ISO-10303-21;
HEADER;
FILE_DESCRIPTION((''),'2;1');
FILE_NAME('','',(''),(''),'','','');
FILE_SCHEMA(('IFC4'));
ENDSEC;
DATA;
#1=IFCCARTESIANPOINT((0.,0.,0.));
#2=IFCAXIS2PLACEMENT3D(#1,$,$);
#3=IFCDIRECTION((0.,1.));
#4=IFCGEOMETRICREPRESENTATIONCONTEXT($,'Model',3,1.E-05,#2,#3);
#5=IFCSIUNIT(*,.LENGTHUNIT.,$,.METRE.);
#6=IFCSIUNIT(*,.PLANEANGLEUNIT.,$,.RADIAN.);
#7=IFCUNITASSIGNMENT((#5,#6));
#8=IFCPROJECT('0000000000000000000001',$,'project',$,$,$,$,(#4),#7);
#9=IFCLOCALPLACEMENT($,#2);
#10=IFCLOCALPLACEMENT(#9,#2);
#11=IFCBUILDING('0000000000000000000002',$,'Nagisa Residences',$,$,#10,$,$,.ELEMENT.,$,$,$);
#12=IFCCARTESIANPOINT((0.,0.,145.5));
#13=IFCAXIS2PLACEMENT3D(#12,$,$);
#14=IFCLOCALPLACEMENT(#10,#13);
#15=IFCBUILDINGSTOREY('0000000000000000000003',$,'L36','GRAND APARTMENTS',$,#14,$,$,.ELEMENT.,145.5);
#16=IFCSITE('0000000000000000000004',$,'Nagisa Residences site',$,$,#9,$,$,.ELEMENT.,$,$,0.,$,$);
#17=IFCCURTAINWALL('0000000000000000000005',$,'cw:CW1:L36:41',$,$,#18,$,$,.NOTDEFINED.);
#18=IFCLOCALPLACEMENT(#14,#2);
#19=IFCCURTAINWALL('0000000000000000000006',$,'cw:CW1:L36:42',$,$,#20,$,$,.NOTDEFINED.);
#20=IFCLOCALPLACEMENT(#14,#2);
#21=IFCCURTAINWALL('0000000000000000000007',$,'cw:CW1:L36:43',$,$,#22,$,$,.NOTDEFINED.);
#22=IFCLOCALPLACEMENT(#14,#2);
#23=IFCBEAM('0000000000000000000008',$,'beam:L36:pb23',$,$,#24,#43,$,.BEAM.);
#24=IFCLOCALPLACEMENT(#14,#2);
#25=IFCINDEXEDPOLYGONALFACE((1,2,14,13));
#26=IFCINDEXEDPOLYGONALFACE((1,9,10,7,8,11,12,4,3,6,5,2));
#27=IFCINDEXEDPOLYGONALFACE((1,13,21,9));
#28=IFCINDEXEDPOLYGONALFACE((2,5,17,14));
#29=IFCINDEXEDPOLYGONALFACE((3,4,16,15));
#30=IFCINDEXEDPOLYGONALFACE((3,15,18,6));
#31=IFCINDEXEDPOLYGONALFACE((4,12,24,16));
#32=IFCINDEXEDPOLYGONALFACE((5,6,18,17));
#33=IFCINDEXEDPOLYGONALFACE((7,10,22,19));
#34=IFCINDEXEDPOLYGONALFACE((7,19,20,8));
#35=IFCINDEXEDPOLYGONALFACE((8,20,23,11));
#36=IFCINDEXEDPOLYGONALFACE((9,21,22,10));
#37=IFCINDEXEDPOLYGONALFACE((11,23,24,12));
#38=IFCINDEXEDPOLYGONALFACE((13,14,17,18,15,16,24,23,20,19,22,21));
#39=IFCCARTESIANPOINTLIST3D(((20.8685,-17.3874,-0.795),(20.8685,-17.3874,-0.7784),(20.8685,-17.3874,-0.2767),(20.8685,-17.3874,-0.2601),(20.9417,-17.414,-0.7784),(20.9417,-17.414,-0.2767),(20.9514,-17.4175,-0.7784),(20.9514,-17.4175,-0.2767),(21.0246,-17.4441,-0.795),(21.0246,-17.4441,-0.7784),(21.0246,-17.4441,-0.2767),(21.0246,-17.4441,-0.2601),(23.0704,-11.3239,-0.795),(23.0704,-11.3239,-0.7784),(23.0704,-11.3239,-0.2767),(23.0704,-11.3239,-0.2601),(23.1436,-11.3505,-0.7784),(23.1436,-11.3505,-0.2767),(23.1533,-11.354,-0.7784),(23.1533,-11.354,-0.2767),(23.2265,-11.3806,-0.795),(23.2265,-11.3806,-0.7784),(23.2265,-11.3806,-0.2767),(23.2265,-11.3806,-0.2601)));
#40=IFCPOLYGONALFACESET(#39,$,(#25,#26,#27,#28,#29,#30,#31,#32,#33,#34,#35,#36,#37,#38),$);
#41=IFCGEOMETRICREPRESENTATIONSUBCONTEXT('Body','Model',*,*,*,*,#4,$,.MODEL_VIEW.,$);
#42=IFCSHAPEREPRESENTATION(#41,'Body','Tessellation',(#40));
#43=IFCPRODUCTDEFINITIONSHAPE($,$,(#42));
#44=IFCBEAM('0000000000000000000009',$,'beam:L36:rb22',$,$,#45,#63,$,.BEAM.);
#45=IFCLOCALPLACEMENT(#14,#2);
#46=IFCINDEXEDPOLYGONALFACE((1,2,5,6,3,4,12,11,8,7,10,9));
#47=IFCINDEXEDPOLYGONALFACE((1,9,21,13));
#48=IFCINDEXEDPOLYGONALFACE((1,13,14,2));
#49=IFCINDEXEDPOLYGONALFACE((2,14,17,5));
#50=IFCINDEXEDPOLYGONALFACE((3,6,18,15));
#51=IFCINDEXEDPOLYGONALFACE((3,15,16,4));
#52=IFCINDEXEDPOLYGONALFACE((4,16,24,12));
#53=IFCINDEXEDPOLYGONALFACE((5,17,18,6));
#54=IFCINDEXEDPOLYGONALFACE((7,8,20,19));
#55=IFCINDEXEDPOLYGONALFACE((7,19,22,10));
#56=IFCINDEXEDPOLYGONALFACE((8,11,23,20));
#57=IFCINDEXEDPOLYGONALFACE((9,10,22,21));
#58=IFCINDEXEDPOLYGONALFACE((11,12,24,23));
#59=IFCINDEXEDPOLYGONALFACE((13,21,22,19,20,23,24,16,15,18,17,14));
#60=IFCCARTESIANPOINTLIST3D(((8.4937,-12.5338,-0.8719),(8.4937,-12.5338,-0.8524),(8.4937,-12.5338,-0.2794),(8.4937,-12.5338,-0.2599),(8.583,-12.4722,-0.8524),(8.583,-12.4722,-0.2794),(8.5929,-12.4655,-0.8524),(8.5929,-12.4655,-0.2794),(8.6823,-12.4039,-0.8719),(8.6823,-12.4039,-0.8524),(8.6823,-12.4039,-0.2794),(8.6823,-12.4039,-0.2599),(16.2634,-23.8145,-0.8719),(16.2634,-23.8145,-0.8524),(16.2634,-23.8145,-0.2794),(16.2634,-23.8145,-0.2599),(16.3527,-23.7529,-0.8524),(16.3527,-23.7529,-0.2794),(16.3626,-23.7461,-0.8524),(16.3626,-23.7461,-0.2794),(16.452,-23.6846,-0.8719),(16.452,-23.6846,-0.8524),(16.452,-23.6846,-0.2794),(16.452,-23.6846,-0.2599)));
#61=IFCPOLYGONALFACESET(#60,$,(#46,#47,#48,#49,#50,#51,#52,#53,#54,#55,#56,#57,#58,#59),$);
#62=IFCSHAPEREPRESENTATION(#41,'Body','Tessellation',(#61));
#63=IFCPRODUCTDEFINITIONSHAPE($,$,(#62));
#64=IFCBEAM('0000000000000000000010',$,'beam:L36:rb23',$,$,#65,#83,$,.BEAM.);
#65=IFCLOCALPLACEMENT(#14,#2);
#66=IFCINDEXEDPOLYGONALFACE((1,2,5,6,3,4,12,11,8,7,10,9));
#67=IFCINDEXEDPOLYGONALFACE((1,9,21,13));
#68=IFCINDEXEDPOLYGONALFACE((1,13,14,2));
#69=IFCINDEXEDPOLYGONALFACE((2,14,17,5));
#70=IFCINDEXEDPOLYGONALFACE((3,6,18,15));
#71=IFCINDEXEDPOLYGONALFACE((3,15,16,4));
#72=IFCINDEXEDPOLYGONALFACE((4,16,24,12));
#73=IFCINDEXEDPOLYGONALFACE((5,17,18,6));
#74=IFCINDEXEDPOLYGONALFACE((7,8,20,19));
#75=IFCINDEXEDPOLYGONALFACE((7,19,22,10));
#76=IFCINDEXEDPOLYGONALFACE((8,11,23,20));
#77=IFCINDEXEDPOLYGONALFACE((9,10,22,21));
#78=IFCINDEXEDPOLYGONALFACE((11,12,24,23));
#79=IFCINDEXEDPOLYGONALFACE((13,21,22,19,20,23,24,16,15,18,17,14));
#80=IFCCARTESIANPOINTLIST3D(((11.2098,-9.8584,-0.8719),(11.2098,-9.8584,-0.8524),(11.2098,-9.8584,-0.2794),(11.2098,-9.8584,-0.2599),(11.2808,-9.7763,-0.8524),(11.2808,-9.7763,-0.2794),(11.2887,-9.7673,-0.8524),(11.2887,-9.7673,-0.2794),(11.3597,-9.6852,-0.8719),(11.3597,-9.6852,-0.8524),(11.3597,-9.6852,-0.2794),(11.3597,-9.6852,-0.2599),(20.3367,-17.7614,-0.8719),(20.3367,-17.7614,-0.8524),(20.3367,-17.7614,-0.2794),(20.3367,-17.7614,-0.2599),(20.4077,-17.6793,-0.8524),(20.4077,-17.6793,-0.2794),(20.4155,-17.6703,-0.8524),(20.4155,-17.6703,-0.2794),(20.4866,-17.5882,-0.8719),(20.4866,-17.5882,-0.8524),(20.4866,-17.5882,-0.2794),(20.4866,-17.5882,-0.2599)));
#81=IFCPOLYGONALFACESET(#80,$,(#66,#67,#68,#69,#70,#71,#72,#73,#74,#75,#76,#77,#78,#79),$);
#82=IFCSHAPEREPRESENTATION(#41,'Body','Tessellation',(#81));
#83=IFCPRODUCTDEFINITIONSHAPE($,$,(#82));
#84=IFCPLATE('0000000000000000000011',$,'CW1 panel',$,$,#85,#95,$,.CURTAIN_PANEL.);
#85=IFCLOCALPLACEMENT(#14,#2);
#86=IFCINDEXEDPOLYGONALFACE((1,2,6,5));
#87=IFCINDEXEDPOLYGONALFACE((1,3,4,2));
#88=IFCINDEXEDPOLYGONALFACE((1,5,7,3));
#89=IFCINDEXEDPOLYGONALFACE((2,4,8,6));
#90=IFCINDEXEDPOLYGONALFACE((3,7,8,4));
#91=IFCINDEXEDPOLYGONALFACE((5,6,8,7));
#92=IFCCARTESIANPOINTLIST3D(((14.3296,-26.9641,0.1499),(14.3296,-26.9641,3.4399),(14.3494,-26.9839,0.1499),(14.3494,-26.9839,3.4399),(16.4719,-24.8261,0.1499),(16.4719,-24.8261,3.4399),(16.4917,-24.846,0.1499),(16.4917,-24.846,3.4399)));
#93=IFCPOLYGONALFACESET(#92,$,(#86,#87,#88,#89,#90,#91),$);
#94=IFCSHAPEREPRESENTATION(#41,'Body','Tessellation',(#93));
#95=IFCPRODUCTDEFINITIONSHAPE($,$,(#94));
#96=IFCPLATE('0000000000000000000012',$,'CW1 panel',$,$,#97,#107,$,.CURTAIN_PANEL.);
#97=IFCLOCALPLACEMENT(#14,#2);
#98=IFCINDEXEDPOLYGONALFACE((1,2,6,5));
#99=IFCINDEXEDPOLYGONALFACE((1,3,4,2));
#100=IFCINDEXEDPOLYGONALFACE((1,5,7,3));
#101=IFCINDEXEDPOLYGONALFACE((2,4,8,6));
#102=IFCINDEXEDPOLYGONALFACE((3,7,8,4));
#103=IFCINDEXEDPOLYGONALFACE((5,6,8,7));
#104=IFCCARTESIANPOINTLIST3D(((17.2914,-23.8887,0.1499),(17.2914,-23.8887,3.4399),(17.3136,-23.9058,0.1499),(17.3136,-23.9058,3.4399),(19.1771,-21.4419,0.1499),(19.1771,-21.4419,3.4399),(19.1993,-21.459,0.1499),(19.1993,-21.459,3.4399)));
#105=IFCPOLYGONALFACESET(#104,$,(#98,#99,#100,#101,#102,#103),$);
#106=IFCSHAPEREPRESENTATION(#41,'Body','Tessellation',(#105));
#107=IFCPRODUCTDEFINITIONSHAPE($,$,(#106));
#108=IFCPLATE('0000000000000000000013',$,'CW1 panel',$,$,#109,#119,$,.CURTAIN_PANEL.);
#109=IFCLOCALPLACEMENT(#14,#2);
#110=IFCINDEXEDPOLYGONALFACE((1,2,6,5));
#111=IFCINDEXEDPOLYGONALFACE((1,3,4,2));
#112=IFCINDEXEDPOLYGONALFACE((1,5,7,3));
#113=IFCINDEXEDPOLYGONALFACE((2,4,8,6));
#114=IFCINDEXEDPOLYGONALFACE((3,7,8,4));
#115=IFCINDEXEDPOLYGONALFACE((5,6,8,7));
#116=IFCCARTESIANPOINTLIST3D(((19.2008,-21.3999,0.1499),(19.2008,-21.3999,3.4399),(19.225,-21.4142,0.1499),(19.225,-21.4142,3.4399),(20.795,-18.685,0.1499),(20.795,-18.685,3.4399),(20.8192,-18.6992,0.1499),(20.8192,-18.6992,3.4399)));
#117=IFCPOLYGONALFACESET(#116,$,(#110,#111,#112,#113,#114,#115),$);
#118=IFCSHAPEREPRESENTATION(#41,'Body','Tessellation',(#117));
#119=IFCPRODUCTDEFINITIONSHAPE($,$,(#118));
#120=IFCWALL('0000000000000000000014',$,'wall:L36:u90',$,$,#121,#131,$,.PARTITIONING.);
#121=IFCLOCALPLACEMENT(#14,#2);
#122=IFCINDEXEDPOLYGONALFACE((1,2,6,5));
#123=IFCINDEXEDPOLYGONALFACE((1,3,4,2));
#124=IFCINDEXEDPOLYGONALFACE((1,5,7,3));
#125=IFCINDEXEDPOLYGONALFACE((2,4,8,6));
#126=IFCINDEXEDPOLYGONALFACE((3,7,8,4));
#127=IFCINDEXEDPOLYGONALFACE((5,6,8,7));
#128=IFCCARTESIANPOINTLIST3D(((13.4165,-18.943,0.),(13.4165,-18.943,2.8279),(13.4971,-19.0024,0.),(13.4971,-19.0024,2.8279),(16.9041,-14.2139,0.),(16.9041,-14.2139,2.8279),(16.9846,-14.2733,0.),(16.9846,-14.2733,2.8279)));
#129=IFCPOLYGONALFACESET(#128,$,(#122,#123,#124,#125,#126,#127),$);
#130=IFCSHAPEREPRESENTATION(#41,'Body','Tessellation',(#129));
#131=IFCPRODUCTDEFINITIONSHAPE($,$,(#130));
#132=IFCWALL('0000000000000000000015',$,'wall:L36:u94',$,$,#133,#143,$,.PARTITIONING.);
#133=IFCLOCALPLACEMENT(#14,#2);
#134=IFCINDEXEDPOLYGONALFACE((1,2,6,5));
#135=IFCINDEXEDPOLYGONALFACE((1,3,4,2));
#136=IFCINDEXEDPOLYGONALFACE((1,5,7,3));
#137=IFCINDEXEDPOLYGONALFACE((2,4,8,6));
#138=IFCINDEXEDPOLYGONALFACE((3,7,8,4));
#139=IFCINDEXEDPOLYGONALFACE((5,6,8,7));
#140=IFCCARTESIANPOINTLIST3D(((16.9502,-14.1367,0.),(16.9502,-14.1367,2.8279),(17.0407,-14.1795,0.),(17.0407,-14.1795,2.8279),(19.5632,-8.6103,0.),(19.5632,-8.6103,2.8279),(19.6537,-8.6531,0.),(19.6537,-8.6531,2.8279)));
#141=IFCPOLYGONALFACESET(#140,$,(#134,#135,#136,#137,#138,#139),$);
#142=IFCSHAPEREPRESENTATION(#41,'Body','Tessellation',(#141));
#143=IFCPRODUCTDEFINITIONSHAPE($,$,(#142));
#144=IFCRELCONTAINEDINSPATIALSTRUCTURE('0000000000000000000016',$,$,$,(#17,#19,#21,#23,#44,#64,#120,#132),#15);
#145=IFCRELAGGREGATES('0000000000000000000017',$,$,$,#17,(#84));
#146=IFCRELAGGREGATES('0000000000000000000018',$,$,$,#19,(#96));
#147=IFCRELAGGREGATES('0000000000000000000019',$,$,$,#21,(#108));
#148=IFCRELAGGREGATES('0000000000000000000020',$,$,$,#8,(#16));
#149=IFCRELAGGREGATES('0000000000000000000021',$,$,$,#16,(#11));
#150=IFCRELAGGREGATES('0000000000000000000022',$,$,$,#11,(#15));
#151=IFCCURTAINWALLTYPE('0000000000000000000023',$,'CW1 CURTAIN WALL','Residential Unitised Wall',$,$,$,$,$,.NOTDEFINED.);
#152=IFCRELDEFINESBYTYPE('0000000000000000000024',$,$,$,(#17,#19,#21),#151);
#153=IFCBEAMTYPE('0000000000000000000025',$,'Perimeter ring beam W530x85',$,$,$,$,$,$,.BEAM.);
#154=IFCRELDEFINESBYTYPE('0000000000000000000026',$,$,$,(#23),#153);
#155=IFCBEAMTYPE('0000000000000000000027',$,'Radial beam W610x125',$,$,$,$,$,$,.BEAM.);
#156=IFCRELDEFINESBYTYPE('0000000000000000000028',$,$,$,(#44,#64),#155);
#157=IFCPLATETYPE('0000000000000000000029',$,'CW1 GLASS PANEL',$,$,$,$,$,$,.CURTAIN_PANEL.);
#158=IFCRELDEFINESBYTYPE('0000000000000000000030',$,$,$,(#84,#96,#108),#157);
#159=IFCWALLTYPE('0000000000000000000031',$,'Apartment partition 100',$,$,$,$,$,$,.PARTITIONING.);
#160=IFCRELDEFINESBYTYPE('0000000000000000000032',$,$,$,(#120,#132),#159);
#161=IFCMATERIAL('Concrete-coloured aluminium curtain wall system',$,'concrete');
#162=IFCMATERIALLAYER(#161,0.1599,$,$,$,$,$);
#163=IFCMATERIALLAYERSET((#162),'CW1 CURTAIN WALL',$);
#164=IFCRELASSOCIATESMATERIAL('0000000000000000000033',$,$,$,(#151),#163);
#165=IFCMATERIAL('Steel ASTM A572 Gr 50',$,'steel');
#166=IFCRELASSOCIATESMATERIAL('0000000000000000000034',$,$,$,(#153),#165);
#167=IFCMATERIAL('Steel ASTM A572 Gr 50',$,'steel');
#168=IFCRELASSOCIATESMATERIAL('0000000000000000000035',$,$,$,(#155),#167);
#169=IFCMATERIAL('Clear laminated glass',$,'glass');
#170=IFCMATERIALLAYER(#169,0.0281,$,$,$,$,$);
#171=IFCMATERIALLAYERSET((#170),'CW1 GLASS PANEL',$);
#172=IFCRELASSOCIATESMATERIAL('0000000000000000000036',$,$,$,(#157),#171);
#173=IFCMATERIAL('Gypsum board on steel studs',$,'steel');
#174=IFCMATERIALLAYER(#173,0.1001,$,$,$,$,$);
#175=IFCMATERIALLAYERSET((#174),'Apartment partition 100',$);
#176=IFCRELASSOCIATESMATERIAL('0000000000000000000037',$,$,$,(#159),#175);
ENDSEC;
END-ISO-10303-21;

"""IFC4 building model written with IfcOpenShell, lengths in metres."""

from ifc_helpers import new_model, si_unit, direction, frame, frame_2d, origin, origin_2d, place, context, subcontext, project, spatial, rectangle, i_section, extrude, material, layer, layer_set, material_profile, profile_set, type_object, element, aggregate, save


model = new_model("IFC4")

# Units and contexts
model_context = context("Model", 3, precision=1e-05, world=origin(), true_north=direction((0.0, 1.0)))
body_context = subcontext(model_context, "Body", "Model", "MODEL_VIEW")
ifc_project = project(units=[si_unit("LENGTHUNIT", "METRE"), si_unit("PLANEANGLEUNIT", "RADIAN")], contexts=[model_context])

# Site, building, storey
site_placement = place(None, origin())
site = spatial("IfcSite", under=ifc_project, at=site_placement, Name="Nagisa Residences site", CompositionType="ELEMENT", RefElevation=0.0)
building_placement = place(site_placement, origin())
building = spatial("IfcBuilding", under=site, at=building_placement, Name="Nagisa Residences", CompositionType="ELEMENT")
storey_placement = place(building_placement, frame((0.0, 0.0, 145.5)))
storey = spatial("IfcBuildingStorey", under=building, at=storey_placement, Name="L36", Description="GRAND APARTMENTS", CompositionType="ELEMENT", Elevation=145.5)

# Curtain walls
ifc_material_1 = material(Name="Concrete-coloured aluminium curtain wall system", Category="concrete")
ifc_layer_1 = layer(ifc_material_1, 0.1599)
ifc_layer_set_1 = layer_set([ifc_layer_1], Name="CW1 CURTAIN WALL")
curtain_wall_type = type_object("IfcCurtainWallType", Name="CW1 CURTAIN WALL", Description="Residential Unitised Wall", PredefinedType="NOTDEFINED", material=ifc_layer_set_1)
curtain_wall_1_placement = place(storey_placement, origin())
curtain_wall_1 = element("IfcCurtainWall", 1, at=curtain_wall_1_placement, inside=storey, type_object=curtain_wall_type, Name="cw:CW1:L36:41", PredefinedType="NOTDEFINED")
curtain_wall_2_placement = place(storey_placement, origin())
curtain_wall_2 = element("IfcCurtainWall", 2, at=curtain_wall_2_placement, inside=storey, type_object=curtain_wall_type, Name="cw:CW1:L36:42", PredefinedType="NOTDEFINED")
curtain_wall_3_placement = place(storey_placement, origin())
curtain_wall_3 = element("IfcCurtainWall", 3, at=curtain_wall_3_placement, inside=storey, type_object=curtain_wall_type, Name="cw:CW1:L36:43", PredefinedType="NOTDEFINED")

# Beams
ifc_material_2 = material(Name="Steel ASTM A572 Gr 50", Category="steel")
ifc_material_profile_1 = material_profile(ifc_material_2, i_section(OverallWidth=0.166, OverallDepth=0.5349, WebThickness=0.0103, FlangeThickness=0.0166, at=origin_2d()), Name="W530x85")
ifc_profile_set_1 = profile_set([ifc_material_profile_1], Name="Steel ASTM A572 Gr 50")
beam_type_1 = type_object("IfcBeamType", Name="Perimeter ring beam W530x85", PredefinedType="BEAM", material=ifc_profile_set_1)
beam_1_placement = place(storey_placement, frame((20.9465, -17.4158, -0.5276), z_axis=(0.341333, 0.939943, 0.0), x_axis=(-0.939943, 0.341333, 0.0)))
element("IfcBeam", 4, at=beam_1_placement, inside=storey, type_object=beam_type_1, Name="beam:L36:pb23", PredefinedType="BEAM", context=body_context, shape_type="SweptSolid", body=[
    extrude(i_section(OverallWidth=0.166, OverallDepth=0.5349, WebThickness=0.0103, FlangeThickness=0.0166, at=origin_2d()), origin(), (0.0, 0.0, 1.0), 6.4509),
])
ifc_material_3 = material(Name="Steel ASTM A572 Gr 50", Category="steel")
ifc_material_profile_2 = material_profile(ifc_material_3, i_section(OverallWidth=0.229, OverallDepth=0.6121, WebThickness=0.012, FlangeThickness=0.0195, at=origin_2d()), Name="W610x125")
ifc_profile_set_2 = profile_set([ifc_material_profile_2], Name="Steel ASTM A572 Gr 50")
beam_type_2 = type_object("IfcBeamType", Name="Radial beam W610x125", PredefinedType="BEAM", material=ifc_profile_set_2)
beam_2_placement = place(storey_placement, frame((16.3577, -23.7495, -0.5659), z_axis=(-0.567235, 0.823556, 0.0), x_axis=(-0.823556, -0.567235, 0.0)))
element("IfcBeam", 5, at=beam_2_placement, inside=storey, type_object=beam_type_2, Name="beam:L36:rb22", PredefinedType="BEAM", context=body_context, shape_type="SweptSolid", body=[
    extrude(i_section(OverallWidth=0.229, OverallDepth=0.6121, WebThickness=0.012, FlangeThickness=0.0195, at=origin_2d()), origin(), (0.0, 0.0, 1.0), 13.6975),
])
beam_3_placement = place(storey_placement, frame((20.4116, -17.6748, -0.5659), z_axis=(-0.755974, 0.654602, 0.0), x_axis=(-0.654602, -0.755974, 0.0)))
element("IfcBeam", 6, at=beam_3_placement, inside=storey, type_object=beam_type_2, Name="beam:L36:rb23", PredefinedType="BEAM", context=body_context, shape_type="SweptSolid", body=[
    extrude(i_section(OverallWidth=0.229, OverallDepth=0.6121, WebThickness=0.012, FlangeThickness=0.0195, at=origin_2d()), origin(), (0.0, 0.0, 1.0), 12.073),
])

# Plates
ifc_material_4 = material(Name="Clear laminated glass", Category="glass")
ifc_layer_2 = layer(ifc_material_4, 0.0281)
ifc_layer_set_2 = layer_set([ifc_layer_2], Name="CW1 GLASS PANEL")
plate_type = type_object("IfcPlateType", Name="CW1 GLASS PANEL", PredefinedType="CURTAIN_PANEL", material=ifc_layer_set_2)
plate_1_placement = place(storey_placement, frame((15.4106, -25.905, 0.1499), z_axis=(0.0, 0.0, 1.0), x_axis=(0.707836, 0.706377, 0.0)))
plate_1 = element("IfcPlate", 7, at=plate_1_placement, type_object=plate_type, Name="CW1 panel", PredefinedType="CURTAIN_PANEL", context=body_context, shape_type="SweptSolid", body=[
    extrude(rectangle(XDim=3.0266, YDim=0.0281, at=origin_2d()), origin(), (0.0, 0.0, 1.0), 3.29),
])
aggregate(curtain_wall_1, [plate_1])
plate_2_placement = place(storey_placement, frame((18.2454, -22.6738, 0.1499), z_axis=(0.0, 0.0, 1.0), x_axis=(0.61043, 0.79207, 0.0)))
plate_2 = element("IfcPlate", 8, at=plate_2_placement, type_object=plate_type, Name="CW1 panel", PredefinedType="CURTAIN_PANEL", context=body_context, shape_type="SweptSolid", body=[
    extrude(rectangle(XDim=3.0891, YDim=0.0281, at=origin_2d()), origin(), (0.0, 0.0, 1.0), 3.29),
])
aggregate(curtain_wall_2, [plate_2])
plate_3_placement = place(storey_placement, frame((20.01, -20.0496, 0.1499), z_axis=(0.0, 0.0, 1.0), x_axis=(0.506349, 0.862329, 0.0)))
plate_3 = element("IfcPlate", 9, at=plate_3_placement, type_object=plate_type, Name="CW1 panel", PredefinedType="CURTAIN_PANEL", context=body_context, shape_type="SweptSolid", body=[
    extrude(rectangle(XDim=3.1484, YDim=0.0281, at=origin_2d()), origin(), (0.0, 0.0, 1.0), 3.29),
])
aggregate(curtain_wall_3, [plate_3])

# Walls
ifc_material_5 = material(Name="Gypsum board on steel studs", Category="steel")
ifc_layer_3 = layer(ifc_material_5, 0.1001)
ifc_layer_set_3 = layer_set([ifc_layer_3], Name="Apartment partition 100")
wall_type_1 = type_object("IfcWallType", Name="Apartment partition 100", PredefinedType="PARTITIONING", material=ifc_layer_set_3)
wall_1_placement = place(storey_placement, frame((13.4568, -18.9727, 0.0), z_axis=(0.0, 0.0, 1.0), x_axis=(0.593532, 0.80481, 0.0)))
element("IfcWall", 10, at=wall_1_placement, inside=storey, type_object=wall_type_1, Name="wall:L36:u90", PredefinedType="PARTITIONING", context=body_context, shape_type="SweptSolid", body=[
    extrude(rectangle(XDim=5.876, YDim=0.1001, at=frame_2d((2.938, 0.0))), origin(), (0.0, 0.0, 1.0), 2.8279),
])
wall_2_placement = place(storey_placement, frame((16.9954, -14.1582, 0.0), z_axis=(0.0, 0.0, 1.0), x_axis=(0.427456, 0.904036, 0.0)))
element("IfcWall", 11, at=wall_2_placement, inside=storey, type_object=wall_type_1, Name="wall:L36:u94", PredefinedType="PARTITIONING", context=body_context, shape_type="SweptSolid", body=[
    extrude(rectangle(XDim=6.113, YDim=0.1001, at=frame_2d((3.0566, 0.0))), origin(), (0.0, 0.0, 1.0), 2.8279),
])

save(model, "model.ifc")
